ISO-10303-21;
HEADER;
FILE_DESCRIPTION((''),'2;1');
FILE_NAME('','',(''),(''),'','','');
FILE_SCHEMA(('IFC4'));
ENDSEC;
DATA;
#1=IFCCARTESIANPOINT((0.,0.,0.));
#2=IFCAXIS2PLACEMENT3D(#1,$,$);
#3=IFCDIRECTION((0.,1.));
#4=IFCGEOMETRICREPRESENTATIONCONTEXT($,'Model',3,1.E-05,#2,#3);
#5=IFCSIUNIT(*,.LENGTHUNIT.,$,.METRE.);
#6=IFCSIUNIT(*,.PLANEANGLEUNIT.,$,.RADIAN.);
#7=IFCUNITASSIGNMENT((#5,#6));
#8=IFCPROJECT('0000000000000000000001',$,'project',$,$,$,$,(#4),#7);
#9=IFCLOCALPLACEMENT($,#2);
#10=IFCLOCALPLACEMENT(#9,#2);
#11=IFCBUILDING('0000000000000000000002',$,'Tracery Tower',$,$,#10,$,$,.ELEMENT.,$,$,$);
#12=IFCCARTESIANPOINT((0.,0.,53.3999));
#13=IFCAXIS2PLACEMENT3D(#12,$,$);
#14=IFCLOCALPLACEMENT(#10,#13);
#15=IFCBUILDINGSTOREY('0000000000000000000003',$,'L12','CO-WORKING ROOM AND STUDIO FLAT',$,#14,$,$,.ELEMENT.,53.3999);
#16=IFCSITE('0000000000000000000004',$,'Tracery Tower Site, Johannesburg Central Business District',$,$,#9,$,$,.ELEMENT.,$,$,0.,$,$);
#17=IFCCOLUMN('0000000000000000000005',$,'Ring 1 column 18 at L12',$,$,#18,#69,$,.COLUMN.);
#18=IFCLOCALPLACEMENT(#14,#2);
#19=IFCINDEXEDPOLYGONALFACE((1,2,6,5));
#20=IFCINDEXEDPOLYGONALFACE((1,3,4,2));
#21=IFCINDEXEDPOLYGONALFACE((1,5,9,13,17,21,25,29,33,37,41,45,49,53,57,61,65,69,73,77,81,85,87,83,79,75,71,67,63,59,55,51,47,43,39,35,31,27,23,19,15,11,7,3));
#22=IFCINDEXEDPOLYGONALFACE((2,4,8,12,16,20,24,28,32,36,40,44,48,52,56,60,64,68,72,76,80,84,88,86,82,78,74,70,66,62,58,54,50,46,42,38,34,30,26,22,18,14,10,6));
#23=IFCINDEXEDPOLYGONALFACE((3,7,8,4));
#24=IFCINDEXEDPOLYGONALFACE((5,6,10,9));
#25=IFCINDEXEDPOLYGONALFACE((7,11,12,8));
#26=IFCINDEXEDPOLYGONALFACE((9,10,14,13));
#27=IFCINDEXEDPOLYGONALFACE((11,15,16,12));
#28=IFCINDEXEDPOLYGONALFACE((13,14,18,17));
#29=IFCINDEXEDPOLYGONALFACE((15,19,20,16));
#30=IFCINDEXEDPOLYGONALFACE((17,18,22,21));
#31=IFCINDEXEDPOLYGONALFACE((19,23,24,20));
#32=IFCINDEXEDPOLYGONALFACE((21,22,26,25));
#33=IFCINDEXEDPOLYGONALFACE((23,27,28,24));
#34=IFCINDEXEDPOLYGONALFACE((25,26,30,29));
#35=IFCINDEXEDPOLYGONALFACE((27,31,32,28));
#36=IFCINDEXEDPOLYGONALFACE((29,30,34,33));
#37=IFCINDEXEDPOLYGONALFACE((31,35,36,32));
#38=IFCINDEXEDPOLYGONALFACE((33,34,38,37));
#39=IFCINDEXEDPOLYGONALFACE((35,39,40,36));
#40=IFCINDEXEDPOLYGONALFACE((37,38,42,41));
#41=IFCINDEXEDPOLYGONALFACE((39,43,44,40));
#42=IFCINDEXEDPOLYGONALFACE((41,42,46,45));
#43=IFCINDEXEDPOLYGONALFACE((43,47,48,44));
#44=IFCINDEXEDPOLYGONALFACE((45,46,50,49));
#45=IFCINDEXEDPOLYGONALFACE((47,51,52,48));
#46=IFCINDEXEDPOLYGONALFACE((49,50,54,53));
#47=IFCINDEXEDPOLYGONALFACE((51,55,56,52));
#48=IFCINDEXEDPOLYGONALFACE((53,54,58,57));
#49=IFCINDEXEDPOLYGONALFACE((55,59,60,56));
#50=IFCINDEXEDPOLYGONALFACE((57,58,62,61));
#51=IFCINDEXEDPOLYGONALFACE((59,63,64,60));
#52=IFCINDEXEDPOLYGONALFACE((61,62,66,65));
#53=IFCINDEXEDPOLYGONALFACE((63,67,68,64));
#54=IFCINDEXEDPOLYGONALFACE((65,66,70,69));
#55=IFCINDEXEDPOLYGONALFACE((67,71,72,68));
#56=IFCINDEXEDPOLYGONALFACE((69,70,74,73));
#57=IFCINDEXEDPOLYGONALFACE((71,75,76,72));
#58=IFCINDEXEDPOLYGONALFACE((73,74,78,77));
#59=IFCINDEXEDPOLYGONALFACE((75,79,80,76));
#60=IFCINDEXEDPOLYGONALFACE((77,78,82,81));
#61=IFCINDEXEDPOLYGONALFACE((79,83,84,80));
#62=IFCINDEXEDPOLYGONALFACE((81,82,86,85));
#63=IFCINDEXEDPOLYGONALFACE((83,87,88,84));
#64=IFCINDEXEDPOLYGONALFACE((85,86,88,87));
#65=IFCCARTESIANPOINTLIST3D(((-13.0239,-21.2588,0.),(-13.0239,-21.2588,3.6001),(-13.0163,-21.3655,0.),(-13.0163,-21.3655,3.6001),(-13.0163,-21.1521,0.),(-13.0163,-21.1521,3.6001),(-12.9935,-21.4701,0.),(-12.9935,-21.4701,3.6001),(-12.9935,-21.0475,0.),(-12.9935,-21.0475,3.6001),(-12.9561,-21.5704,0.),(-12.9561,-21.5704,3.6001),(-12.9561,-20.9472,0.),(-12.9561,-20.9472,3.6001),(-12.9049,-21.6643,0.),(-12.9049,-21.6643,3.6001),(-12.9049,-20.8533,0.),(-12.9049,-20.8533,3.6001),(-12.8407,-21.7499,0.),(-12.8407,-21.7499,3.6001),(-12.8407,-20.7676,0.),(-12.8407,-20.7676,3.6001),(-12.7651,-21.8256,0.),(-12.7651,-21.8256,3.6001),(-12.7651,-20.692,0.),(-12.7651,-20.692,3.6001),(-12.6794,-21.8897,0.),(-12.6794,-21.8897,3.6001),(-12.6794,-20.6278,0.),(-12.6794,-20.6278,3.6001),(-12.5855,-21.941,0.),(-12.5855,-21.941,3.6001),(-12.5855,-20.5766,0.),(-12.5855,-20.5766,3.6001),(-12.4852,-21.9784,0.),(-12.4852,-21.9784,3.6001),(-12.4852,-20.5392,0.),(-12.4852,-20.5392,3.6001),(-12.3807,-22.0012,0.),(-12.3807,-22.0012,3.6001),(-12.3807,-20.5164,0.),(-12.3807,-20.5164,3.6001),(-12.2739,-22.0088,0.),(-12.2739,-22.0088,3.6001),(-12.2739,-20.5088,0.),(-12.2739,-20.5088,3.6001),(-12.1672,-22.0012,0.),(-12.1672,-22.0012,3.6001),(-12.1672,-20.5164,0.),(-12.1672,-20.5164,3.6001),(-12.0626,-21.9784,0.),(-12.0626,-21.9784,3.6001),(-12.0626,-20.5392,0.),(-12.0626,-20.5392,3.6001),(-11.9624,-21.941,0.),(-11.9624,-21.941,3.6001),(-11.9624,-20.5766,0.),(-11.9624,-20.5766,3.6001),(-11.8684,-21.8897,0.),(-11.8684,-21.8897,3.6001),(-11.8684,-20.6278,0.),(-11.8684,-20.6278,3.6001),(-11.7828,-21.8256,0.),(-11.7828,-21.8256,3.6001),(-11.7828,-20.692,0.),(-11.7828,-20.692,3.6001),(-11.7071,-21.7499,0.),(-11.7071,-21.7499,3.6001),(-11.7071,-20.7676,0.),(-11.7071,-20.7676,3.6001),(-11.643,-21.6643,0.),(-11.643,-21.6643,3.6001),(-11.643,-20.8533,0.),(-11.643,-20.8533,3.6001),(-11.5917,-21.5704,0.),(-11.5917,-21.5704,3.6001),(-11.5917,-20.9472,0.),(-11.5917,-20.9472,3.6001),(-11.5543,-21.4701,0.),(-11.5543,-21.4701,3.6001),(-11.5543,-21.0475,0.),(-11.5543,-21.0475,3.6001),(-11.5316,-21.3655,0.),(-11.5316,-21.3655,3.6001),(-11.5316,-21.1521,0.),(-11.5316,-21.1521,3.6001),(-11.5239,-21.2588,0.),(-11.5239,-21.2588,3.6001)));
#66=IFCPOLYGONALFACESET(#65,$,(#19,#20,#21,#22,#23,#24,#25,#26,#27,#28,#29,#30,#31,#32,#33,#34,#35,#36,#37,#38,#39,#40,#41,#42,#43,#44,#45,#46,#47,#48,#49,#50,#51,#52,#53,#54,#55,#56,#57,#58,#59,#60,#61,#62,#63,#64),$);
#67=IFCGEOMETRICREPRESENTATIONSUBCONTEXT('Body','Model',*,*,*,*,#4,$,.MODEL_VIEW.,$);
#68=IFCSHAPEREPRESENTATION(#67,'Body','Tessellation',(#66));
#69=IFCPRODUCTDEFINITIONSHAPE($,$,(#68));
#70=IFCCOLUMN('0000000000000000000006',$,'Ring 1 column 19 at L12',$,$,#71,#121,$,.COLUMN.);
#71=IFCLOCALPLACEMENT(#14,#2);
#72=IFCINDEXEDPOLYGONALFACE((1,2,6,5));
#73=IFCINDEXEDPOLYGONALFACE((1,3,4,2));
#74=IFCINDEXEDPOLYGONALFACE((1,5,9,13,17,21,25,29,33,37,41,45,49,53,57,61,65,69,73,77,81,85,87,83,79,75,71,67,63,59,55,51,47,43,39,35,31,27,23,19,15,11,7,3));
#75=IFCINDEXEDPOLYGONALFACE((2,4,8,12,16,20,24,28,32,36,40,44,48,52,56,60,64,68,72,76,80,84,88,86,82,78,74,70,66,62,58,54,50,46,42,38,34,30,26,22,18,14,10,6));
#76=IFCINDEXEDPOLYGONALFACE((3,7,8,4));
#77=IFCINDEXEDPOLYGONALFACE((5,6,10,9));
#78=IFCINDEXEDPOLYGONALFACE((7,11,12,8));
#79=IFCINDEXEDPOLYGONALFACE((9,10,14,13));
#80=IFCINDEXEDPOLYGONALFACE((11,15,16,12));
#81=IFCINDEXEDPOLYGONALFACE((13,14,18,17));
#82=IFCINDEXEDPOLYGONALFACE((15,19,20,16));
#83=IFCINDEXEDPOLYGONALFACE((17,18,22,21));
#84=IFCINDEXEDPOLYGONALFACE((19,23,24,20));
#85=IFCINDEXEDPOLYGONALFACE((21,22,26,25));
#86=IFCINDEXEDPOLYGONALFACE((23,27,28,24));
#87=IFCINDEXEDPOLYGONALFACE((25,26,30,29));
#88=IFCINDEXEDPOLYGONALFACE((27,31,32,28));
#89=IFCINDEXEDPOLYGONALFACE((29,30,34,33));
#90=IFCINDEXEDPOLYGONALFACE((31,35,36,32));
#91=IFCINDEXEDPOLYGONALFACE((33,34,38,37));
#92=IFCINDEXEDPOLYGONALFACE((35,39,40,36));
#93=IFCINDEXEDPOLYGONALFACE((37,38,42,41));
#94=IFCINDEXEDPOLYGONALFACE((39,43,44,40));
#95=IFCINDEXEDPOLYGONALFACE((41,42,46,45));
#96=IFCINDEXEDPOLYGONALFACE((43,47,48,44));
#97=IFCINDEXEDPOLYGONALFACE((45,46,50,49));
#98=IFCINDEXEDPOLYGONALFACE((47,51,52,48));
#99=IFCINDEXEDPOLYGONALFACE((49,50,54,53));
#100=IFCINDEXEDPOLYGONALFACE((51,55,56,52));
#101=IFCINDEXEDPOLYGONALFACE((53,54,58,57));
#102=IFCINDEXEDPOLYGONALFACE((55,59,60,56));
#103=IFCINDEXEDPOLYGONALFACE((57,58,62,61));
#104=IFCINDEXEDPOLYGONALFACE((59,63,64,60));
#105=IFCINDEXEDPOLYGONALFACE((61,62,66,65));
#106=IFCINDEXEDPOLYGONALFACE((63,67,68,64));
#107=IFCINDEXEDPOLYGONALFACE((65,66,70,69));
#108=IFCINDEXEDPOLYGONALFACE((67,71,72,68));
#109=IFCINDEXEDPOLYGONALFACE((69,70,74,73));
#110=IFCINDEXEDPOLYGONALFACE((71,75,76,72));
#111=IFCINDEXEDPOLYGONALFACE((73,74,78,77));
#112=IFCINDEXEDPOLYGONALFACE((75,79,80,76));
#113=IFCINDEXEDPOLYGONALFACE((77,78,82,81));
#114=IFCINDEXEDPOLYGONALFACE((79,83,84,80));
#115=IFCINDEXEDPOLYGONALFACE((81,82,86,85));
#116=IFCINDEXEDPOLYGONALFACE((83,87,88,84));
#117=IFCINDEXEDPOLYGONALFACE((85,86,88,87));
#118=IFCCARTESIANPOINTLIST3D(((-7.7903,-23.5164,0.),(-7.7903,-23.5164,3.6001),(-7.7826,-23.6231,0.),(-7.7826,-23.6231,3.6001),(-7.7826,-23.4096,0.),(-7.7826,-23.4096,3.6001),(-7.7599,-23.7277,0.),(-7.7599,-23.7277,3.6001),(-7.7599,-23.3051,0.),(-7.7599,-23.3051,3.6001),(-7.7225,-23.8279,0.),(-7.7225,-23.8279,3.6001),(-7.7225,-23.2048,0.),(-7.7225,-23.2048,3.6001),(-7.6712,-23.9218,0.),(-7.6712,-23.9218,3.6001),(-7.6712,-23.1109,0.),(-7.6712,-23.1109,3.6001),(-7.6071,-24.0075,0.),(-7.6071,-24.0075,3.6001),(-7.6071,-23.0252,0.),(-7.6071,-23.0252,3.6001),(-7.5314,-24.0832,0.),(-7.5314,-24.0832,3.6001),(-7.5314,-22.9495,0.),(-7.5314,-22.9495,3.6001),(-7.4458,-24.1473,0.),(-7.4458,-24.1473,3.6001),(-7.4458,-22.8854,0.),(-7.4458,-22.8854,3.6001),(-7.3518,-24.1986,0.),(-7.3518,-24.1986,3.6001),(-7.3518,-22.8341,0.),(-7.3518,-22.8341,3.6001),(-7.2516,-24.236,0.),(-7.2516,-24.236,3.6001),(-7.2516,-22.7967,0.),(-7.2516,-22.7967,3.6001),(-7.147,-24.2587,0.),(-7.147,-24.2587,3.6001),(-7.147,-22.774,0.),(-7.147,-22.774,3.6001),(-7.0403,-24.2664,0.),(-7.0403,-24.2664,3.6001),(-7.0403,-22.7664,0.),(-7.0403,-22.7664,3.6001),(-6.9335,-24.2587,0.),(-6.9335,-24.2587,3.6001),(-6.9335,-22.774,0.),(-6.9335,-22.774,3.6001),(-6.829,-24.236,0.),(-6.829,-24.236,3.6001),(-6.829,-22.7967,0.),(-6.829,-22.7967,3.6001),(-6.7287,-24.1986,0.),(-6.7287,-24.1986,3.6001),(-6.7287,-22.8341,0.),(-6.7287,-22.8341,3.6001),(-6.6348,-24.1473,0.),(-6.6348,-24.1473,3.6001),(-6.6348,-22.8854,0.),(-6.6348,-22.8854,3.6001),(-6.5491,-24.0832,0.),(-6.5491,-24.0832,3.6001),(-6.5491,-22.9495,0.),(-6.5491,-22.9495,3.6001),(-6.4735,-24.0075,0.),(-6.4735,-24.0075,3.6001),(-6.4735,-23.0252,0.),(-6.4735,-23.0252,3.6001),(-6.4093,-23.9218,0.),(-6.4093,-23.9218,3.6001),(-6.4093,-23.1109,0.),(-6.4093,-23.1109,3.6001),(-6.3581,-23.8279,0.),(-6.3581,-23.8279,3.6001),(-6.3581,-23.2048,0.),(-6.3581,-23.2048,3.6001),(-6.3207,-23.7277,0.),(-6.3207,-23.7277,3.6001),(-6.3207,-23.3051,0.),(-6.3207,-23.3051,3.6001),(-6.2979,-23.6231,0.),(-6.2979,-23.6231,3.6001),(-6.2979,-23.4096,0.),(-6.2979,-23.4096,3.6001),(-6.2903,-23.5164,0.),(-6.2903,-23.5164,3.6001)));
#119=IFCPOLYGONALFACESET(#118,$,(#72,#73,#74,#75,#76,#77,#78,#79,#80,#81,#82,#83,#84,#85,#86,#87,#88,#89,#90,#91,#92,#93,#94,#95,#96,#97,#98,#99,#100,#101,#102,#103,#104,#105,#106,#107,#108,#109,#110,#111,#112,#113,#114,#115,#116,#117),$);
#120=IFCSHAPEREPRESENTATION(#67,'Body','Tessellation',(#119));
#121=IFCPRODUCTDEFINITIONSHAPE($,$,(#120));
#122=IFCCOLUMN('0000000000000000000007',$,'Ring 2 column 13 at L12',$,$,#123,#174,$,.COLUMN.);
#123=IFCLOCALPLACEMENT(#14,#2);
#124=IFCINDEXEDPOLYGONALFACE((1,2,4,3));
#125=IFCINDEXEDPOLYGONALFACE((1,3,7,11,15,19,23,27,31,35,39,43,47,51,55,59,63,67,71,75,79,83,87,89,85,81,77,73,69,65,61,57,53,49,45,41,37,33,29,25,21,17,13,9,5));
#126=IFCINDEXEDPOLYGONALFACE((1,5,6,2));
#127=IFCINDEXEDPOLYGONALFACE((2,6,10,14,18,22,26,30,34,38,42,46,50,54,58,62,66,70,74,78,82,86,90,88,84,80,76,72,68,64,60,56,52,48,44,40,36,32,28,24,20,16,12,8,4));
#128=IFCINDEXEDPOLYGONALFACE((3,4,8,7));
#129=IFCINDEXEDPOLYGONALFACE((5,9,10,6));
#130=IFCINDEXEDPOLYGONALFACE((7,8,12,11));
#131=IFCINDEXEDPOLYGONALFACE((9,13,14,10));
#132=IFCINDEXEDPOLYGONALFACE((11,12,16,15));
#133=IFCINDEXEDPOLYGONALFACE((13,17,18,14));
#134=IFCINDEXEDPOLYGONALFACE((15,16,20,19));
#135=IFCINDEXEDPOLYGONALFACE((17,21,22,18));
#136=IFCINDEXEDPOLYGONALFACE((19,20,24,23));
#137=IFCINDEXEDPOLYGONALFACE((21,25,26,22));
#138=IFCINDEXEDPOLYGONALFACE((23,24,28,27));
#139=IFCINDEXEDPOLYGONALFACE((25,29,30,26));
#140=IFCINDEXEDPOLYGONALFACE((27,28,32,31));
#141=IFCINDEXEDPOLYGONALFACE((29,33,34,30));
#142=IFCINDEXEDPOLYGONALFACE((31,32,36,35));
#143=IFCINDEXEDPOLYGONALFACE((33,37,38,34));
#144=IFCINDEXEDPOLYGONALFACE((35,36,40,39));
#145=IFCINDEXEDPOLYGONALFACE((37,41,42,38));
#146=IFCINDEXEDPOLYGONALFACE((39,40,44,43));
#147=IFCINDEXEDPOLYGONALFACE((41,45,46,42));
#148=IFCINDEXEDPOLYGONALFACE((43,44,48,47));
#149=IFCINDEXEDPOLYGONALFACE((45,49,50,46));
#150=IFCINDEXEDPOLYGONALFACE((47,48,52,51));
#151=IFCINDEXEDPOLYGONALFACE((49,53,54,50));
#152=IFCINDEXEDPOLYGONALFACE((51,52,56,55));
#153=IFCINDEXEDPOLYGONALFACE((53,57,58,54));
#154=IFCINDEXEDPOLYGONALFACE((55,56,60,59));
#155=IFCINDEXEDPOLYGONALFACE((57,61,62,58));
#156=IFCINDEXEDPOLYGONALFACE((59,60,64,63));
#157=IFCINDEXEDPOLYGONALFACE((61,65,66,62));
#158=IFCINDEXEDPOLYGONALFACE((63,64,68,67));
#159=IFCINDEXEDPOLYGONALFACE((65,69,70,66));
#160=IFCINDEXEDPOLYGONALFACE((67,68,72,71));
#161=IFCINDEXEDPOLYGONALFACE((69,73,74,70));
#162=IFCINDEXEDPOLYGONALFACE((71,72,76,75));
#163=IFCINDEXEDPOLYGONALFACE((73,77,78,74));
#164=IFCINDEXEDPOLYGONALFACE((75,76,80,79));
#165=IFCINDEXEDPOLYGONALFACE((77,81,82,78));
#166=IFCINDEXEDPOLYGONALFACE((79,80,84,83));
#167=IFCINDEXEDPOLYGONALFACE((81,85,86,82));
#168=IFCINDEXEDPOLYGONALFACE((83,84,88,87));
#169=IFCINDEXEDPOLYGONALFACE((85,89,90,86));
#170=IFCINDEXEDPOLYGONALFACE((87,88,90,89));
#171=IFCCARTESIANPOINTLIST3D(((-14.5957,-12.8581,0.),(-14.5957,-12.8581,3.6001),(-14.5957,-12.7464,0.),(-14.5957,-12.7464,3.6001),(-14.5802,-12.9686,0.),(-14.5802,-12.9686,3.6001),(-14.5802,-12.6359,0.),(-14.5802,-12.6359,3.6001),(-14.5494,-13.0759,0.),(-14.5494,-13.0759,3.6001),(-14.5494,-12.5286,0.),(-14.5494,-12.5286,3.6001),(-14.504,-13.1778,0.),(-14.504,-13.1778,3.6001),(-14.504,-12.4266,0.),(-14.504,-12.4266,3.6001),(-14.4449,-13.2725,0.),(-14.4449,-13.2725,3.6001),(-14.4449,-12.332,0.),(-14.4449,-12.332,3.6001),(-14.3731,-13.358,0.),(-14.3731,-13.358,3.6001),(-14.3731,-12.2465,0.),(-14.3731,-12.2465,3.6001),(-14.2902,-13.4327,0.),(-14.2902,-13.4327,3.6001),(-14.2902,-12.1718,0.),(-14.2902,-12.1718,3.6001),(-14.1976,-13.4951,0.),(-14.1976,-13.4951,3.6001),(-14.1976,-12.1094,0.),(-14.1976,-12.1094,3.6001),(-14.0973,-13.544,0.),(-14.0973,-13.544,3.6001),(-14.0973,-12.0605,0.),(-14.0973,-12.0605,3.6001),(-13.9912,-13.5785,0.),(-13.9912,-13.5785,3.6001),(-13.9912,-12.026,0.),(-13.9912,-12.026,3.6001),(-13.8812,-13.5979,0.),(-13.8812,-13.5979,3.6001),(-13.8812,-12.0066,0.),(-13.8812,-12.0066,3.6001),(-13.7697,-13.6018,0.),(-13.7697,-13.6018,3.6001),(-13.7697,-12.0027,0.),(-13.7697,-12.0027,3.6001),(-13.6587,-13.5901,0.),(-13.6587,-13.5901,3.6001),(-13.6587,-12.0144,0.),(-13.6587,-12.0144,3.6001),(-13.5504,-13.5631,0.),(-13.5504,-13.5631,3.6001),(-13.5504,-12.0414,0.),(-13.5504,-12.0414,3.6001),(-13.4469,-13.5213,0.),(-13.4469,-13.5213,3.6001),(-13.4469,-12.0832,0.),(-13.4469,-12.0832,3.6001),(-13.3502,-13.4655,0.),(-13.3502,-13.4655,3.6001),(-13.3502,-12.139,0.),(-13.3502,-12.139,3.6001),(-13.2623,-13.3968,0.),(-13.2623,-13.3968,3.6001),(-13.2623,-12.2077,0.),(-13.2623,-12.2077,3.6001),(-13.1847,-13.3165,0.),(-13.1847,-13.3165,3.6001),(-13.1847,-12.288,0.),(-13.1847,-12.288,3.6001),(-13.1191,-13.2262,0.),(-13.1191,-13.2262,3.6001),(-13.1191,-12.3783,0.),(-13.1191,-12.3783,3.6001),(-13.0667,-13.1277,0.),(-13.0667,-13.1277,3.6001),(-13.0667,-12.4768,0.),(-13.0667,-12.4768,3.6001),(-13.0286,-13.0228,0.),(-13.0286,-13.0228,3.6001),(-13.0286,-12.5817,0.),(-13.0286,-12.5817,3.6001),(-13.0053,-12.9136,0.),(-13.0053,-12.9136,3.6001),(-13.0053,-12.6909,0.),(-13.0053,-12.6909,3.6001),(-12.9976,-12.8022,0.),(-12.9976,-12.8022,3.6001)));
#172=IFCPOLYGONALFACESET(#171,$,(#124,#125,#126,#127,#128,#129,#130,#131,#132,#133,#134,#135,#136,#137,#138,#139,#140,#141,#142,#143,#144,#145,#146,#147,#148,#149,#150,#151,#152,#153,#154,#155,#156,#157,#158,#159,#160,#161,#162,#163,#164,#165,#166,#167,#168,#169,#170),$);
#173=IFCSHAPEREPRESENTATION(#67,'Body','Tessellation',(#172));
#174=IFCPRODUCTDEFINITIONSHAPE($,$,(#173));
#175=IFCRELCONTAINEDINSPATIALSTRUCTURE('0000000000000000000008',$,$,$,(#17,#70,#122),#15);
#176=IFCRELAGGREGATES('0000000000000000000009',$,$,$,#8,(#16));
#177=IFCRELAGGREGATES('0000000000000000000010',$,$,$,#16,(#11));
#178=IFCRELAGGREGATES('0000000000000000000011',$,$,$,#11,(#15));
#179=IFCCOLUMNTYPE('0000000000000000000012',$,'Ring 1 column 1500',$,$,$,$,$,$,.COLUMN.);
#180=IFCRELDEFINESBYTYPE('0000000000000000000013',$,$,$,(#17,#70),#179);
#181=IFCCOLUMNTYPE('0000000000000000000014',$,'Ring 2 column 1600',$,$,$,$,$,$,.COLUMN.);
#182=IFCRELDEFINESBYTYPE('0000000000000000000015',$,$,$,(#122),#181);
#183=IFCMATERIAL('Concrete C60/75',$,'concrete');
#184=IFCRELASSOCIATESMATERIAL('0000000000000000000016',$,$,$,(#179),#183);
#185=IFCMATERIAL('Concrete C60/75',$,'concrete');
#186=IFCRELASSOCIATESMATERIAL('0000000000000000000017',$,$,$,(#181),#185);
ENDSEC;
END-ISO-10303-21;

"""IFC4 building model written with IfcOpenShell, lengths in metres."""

from ifc_helpers import new_model, si_unit, direction, frame, origin, origin_2d, place, context, subcontext, project, spatial, circle, extrude, material, material_profile, profile_set, type_object, element, save


model = new_model("IFC4")

# Units and contexts
model_context = context("Model", 3, precision=1e-05, world=origin(), true_north=direction((0.0, 1.0)))
body_context = subcontext(model_context, "Body", "Model", "MODEL_VIEW")
ifc_project = project(units=[si_unit("LENGTHUNIT", "METRE"), si_unit("PLANEANGLEUNIT", "RADIAN")], contexts=[model_context])

# Site, building, storey
site_placement = place(None, origin())
site = spatial("IfcSite", under=ifc_project, at=site_placement, Name="Tracery Tower Site, Johannesburg Central Business District", CompositionType="ELEMENT", RefElevation=0.0)
building_placement = place(site_placement, origin())
building = spatial("IfcBuilding", under=site, at=building_placement, Name="Tracery Tower", CompositionType="ELEMENT")
storey_placement = place(building_placement, frame((0.0, 0.0, 53.3999)))
storey = spatial("IfcBuildingStorey", under=building, at=storey_placement, Name="L12", Description="CO-WORKING ROOM AND STUDIO FLAT", CompositionType="ELEMENT", Elevation=53.3999)

# Columns
ifc_material_1 = material(Name="Concrete C60/75", Category="concrete")
ifc_material_profile_1 = material_profile(ifc_material_1, circle(Radius=0.75, at=origin_2d()), Name="RC D1500")
ifc_profile_set_1 = profile_set([ifc_material_profile_1], Name="Concrete C60/75")
column_type_1 = type_object("IfcColumnType", Name="Ring 1 column 1500", PredefinedType="COLUMN", material=ifc_profile_set_1)
for number, where, z_axis, x_axis, name in (
    (1, (-12.2739, -21.2588, 0.0), (0.0, 0.0, 1.0), (1.0, 0.0, 0.0), "Ring 1 column 18 at L12"),
    (2, (-7.0403, -23.5164, 0.0), (0.0, 0.0, 1.0), (1.0, 0.0, 0.0), "Ring 1 column 19 at L12"),
):
    element("IfcColumn", number, at=place(storey_placement, frame(where, z_axis=z_axis, x_axis=x_axis)), inside=storey, type_object=column_type_1, Name=name, PredefinedType="COLUMN", context=body_context, shape_type="SweptSolid", body=[
        extrude(circle(Radius=0.75, at=origin_2d()), origin(), (0.0, 0.0, 1.0), 3.6001),
    ])
ifc_material_2 = material(Name="Concrete C60/75", Category="concrete")
ifc_material_profile_2 = material_profile(ifc_material_2, circle(Radius=0.8, at=origin_2d()), Name="RC D1600")
ifc_profile_set_2 = profile_set([ifc_material_profile_2], Name="Concrete C60/75")
column_type_2 = type_object("IfcColumnType", Name="Ring 2 column 1600", PredefinedType="COLUMN", material=ifc_profile_set_2)
for number, where, z_axis, x_axis, name in (
    (3, (-13.7976, -12.8022, 0.0), (0.0, 0.0, 1.0), (1.0, 0.0, 0.0), "Ring 2 column 13 at L12"),
):
    element("IfcColumn", number, at=place(storey_placement, frame(where, z_axis=z_axis, x_axis=x_axis)), inside=storey, type_object=column_type_2, Name=name, PredefinedType="COLUMN", context=body_context, shape_type="SweptSolid", body=[
        extrude(circle(Radius=0.8, at=origin_2d()), origin(), (0.0, 0.0, 1.0), 3.6001),
    ])

save(model, "model.ifc")
